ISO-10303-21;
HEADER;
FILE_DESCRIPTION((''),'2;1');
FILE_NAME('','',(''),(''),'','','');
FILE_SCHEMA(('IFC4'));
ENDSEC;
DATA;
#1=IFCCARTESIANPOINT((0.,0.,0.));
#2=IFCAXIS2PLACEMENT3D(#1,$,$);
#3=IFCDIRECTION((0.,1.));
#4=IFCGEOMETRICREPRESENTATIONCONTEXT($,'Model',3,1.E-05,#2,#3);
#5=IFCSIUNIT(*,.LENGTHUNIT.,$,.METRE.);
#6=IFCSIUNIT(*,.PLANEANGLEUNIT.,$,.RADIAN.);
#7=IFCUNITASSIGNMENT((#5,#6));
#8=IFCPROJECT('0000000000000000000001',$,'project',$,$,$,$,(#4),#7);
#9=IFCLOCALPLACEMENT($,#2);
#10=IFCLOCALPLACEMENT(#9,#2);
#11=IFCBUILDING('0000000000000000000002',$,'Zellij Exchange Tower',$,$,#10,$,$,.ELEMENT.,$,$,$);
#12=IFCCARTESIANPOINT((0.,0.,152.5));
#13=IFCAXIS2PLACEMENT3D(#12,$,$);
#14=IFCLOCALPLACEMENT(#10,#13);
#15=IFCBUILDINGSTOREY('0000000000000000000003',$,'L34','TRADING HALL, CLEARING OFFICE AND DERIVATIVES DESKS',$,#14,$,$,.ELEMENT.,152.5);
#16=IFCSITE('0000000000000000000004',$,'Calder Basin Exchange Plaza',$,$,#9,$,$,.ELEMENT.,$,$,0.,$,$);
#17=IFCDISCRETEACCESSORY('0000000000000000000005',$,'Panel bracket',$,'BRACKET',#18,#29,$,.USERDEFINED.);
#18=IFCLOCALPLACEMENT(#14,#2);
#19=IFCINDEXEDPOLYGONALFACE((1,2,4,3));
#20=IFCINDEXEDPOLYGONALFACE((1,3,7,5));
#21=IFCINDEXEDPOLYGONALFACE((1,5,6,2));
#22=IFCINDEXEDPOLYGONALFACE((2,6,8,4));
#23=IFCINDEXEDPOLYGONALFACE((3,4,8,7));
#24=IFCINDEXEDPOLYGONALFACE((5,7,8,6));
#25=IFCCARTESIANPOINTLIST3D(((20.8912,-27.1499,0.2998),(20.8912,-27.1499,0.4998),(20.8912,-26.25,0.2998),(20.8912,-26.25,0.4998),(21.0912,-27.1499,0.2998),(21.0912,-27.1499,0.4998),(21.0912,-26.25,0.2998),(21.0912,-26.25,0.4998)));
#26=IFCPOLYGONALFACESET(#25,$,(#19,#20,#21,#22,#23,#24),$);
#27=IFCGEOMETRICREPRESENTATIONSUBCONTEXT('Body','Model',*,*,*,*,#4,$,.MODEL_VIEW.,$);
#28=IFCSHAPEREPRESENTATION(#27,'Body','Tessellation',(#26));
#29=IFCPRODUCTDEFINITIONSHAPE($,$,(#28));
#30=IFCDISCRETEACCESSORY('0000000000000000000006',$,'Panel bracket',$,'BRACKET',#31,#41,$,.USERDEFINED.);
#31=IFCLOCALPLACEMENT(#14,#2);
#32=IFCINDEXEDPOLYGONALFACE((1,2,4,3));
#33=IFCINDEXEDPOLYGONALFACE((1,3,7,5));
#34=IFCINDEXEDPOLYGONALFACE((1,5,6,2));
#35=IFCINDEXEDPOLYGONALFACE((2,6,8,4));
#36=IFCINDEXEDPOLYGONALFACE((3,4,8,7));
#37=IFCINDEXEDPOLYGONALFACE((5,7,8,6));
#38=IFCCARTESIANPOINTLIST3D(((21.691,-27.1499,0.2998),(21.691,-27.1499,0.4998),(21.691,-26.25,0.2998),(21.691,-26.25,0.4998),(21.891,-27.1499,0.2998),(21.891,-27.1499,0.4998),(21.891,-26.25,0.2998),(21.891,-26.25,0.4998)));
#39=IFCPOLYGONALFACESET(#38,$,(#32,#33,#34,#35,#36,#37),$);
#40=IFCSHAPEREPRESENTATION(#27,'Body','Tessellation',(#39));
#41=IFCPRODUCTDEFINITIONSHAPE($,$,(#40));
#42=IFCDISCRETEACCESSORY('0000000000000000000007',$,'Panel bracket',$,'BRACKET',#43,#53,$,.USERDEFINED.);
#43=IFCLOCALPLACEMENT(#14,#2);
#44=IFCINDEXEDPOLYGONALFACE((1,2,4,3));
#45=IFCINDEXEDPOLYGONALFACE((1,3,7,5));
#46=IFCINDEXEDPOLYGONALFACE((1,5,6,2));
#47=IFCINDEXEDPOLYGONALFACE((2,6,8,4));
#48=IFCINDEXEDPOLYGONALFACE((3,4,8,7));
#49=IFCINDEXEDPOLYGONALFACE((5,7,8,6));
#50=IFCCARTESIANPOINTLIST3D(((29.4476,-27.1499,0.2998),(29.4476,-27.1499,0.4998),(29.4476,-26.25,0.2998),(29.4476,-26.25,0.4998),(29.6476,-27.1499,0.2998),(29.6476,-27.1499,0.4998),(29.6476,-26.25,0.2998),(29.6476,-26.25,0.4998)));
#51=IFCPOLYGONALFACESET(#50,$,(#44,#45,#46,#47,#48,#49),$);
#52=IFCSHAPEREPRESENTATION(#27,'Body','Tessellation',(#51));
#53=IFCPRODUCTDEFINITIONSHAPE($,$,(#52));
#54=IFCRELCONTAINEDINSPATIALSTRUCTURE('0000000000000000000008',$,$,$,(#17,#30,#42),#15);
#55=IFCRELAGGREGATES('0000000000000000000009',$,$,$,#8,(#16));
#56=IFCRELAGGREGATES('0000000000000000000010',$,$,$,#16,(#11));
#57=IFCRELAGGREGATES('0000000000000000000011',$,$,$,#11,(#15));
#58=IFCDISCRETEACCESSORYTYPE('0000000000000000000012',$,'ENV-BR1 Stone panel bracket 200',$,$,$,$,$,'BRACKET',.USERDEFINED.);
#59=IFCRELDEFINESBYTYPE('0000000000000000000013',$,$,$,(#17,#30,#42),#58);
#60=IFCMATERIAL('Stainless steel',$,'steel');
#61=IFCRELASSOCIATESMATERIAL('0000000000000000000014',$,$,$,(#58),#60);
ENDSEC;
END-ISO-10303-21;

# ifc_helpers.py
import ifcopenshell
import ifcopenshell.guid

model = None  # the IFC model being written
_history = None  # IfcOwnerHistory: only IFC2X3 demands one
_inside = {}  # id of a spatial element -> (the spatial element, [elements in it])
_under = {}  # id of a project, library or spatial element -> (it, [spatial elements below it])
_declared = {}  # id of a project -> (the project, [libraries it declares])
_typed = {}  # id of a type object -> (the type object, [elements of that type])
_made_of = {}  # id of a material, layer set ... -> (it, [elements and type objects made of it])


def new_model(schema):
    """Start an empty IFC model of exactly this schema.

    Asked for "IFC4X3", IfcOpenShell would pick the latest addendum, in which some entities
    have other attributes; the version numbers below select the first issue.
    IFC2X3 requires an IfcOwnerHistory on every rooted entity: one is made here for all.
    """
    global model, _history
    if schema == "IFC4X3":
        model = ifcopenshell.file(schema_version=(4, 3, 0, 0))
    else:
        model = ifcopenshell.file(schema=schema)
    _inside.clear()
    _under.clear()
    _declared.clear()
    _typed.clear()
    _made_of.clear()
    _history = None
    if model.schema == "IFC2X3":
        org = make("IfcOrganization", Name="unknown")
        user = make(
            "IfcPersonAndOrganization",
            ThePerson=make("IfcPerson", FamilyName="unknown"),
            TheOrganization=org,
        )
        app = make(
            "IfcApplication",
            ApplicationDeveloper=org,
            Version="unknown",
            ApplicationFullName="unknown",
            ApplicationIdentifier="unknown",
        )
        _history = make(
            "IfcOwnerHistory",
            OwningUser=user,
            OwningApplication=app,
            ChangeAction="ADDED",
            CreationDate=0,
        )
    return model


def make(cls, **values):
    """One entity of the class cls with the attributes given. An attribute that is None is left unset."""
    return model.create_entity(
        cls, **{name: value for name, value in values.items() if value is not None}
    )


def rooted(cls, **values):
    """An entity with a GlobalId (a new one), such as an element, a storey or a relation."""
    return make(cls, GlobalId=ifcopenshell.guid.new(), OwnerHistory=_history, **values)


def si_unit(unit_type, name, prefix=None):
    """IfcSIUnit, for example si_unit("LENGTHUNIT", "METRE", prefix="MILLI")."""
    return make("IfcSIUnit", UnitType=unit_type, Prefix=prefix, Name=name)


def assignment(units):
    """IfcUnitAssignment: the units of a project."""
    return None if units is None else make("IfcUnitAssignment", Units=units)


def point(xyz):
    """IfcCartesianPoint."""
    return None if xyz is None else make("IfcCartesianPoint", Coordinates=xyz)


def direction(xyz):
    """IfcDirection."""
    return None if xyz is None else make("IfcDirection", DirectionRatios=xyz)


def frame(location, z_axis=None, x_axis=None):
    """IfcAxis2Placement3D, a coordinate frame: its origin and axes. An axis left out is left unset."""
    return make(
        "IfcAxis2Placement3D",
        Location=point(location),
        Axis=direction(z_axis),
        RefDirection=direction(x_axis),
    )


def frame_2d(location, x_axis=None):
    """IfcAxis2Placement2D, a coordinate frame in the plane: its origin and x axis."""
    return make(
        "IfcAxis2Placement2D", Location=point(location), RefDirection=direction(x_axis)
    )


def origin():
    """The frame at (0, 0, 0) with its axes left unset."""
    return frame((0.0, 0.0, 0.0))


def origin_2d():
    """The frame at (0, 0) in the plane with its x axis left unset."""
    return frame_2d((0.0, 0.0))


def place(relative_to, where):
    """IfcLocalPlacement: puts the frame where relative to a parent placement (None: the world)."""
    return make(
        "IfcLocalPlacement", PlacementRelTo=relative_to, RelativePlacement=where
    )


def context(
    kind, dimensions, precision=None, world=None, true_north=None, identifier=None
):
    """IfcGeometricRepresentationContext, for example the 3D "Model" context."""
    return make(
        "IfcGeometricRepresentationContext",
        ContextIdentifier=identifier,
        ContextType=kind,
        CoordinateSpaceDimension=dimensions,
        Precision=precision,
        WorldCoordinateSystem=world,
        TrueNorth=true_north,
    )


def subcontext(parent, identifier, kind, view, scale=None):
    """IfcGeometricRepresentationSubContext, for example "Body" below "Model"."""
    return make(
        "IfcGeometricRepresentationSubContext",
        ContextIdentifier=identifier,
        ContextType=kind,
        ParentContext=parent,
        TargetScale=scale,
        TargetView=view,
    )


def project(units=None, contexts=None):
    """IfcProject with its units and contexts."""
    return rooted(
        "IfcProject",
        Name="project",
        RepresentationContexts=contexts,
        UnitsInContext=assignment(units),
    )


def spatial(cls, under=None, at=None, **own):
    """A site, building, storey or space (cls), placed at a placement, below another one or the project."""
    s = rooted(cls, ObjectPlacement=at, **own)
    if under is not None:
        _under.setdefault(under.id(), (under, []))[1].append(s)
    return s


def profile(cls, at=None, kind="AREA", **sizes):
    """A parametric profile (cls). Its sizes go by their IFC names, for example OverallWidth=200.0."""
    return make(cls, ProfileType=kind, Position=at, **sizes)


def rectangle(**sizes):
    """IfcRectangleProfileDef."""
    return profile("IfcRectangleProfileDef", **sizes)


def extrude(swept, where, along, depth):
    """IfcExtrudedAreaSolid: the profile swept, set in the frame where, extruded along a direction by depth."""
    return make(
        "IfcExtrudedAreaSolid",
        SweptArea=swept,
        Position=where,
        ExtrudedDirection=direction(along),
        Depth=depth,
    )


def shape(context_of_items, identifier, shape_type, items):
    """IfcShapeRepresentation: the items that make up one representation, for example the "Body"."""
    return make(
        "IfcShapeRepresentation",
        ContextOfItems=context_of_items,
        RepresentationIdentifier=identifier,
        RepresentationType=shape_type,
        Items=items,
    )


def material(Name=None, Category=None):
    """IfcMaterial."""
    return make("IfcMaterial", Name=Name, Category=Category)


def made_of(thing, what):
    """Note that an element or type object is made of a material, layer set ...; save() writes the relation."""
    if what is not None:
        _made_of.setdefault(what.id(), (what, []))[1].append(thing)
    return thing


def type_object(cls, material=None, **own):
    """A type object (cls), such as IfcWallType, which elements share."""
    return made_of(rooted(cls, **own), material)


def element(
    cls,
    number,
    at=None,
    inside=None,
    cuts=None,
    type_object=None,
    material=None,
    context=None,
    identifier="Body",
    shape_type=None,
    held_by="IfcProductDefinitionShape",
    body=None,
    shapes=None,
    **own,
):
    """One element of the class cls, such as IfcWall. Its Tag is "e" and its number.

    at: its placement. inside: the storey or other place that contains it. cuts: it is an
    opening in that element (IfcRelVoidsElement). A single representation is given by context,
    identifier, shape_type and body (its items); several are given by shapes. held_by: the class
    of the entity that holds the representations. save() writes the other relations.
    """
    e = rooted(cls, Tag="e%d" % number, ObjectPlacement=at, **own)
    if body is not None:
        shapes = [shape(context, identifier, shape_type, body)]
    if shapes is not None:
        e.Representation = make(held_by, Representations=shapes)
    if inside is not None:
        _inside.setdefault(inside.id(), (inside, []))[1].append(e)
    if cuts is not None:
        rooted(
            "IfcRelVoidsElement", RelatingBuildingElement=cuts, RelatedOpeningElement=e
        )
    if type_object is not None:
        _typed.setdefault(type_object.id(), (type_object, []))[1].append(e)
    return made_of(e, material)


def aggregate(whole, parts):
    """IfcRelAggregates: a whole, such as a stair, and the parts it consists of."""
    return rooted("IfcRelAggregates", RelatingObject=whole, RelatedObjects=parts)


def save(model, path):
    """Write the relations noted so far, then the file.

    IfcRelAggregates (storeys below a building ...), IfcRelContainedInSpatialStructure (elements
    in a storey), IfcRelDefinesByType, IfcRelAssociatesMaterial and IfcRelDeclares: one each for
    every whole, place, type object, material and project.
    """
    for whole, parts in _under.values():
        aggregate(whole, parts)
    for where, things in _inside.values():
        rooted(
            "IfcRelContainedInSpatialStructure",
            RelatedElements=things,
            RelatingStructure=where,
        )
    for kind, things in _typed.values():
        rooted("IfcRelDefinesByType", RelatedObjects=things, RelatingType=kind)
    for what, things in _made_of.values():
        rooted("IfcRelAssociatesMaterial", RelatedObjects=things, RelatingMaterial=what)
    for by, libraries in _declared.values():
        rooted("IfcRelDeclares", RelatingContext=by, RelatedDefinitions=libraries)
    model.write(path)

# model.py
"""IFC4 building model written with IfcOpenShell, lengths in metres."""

from ifc_helpers import new_model, si_unit, direction, frame, origin, origin_2d, place, context, subcontext, project, spatial, rectangle, extrude, material, type_object, element, save


model = new_model("IFC4")

# Units and contexts
model_context = context("Model", 3, precision=1e-05, world=origin(), true_north=direction((0.0, 1.0)))
body_context = subcontext(model_context, "Body", "Model", "MODEL_VIEW")
ifc_project = project(units=[si_unit("LENGTHUNIT", "METRE"), si_unit("PLANEANGLEUNIT", "RADIAN")], contexts=[model_context])

# Site, building, storey
site_placement = place(None, origin())
site = spatial("IfcSite", under=ifc_project, at=site_placement, Name="Calder Basin Exchange Plaza", CompositionType="ELEMENT", RefElevation=0.0)
building_placement = place(site_placement, origin())
building = spatial("IfcBuilding", under=site, at=building_placement, Name="Zellij Exchange Tower", CompositionType="ELEMENT")
storey_placement = place(building_placement, frame((0.0, 0.0, 152.5)))
storey = spatial("IfcBuildingStorey", under=building, at=storey_placement, Name="L34", Description="TRADING HALL, CLEARING OFFICE AND DERIVATIVES DESKS", CompositionType="ELEMENT", Elevation=152.5)

# Discrete accessories
ifc_material_1 = material(Name="Stainless steel", Category="steel")
discrete_accessory_type = type_object("IfcDiscreteAccessoryType", Name="ENV-BR1 Stone panel bracket 200", ElementType="BRACKET", PredefinedType="USERDEFINED", material=ifc_material_1)
for number, where, z_axis, x_axis, name in (
    (1, (20.9912, -26.7, 0.2998), (0.0, 0.0, 1.0), (1.0, 0.0, 0.0), "Panel bracket"),
    (2, (21.791, -26.7, 0.2998), (0.0, 0.0, 1.0), (1.0, 0.0, 0.0), "Panel bracket"),
    (3, (29.5476, -26.7, 0.2998), (0.0, 0.0, 1.0), (1.0, 0.0, 0.0), "Panel bracket"),
):
    element("IfcDiscreteAccessory", number, at=place(storey_placement, frame(where, z_axis=z_axis, x_axis=x_axis)), inside=storey, type_object=discrete_accessory_type, Name=name, ObjectType="BRACKET", PredefinedType="USERDEFINED", context=body_context, shape_type="SweptSolid", body=[
        extrude(rectangle(XDim=0.2, YDim=0.8999, at=origin_2d()), origin(), (0.0, 0.0, 1.0), 0.2),
    ])

save(model, "model.ifc")
